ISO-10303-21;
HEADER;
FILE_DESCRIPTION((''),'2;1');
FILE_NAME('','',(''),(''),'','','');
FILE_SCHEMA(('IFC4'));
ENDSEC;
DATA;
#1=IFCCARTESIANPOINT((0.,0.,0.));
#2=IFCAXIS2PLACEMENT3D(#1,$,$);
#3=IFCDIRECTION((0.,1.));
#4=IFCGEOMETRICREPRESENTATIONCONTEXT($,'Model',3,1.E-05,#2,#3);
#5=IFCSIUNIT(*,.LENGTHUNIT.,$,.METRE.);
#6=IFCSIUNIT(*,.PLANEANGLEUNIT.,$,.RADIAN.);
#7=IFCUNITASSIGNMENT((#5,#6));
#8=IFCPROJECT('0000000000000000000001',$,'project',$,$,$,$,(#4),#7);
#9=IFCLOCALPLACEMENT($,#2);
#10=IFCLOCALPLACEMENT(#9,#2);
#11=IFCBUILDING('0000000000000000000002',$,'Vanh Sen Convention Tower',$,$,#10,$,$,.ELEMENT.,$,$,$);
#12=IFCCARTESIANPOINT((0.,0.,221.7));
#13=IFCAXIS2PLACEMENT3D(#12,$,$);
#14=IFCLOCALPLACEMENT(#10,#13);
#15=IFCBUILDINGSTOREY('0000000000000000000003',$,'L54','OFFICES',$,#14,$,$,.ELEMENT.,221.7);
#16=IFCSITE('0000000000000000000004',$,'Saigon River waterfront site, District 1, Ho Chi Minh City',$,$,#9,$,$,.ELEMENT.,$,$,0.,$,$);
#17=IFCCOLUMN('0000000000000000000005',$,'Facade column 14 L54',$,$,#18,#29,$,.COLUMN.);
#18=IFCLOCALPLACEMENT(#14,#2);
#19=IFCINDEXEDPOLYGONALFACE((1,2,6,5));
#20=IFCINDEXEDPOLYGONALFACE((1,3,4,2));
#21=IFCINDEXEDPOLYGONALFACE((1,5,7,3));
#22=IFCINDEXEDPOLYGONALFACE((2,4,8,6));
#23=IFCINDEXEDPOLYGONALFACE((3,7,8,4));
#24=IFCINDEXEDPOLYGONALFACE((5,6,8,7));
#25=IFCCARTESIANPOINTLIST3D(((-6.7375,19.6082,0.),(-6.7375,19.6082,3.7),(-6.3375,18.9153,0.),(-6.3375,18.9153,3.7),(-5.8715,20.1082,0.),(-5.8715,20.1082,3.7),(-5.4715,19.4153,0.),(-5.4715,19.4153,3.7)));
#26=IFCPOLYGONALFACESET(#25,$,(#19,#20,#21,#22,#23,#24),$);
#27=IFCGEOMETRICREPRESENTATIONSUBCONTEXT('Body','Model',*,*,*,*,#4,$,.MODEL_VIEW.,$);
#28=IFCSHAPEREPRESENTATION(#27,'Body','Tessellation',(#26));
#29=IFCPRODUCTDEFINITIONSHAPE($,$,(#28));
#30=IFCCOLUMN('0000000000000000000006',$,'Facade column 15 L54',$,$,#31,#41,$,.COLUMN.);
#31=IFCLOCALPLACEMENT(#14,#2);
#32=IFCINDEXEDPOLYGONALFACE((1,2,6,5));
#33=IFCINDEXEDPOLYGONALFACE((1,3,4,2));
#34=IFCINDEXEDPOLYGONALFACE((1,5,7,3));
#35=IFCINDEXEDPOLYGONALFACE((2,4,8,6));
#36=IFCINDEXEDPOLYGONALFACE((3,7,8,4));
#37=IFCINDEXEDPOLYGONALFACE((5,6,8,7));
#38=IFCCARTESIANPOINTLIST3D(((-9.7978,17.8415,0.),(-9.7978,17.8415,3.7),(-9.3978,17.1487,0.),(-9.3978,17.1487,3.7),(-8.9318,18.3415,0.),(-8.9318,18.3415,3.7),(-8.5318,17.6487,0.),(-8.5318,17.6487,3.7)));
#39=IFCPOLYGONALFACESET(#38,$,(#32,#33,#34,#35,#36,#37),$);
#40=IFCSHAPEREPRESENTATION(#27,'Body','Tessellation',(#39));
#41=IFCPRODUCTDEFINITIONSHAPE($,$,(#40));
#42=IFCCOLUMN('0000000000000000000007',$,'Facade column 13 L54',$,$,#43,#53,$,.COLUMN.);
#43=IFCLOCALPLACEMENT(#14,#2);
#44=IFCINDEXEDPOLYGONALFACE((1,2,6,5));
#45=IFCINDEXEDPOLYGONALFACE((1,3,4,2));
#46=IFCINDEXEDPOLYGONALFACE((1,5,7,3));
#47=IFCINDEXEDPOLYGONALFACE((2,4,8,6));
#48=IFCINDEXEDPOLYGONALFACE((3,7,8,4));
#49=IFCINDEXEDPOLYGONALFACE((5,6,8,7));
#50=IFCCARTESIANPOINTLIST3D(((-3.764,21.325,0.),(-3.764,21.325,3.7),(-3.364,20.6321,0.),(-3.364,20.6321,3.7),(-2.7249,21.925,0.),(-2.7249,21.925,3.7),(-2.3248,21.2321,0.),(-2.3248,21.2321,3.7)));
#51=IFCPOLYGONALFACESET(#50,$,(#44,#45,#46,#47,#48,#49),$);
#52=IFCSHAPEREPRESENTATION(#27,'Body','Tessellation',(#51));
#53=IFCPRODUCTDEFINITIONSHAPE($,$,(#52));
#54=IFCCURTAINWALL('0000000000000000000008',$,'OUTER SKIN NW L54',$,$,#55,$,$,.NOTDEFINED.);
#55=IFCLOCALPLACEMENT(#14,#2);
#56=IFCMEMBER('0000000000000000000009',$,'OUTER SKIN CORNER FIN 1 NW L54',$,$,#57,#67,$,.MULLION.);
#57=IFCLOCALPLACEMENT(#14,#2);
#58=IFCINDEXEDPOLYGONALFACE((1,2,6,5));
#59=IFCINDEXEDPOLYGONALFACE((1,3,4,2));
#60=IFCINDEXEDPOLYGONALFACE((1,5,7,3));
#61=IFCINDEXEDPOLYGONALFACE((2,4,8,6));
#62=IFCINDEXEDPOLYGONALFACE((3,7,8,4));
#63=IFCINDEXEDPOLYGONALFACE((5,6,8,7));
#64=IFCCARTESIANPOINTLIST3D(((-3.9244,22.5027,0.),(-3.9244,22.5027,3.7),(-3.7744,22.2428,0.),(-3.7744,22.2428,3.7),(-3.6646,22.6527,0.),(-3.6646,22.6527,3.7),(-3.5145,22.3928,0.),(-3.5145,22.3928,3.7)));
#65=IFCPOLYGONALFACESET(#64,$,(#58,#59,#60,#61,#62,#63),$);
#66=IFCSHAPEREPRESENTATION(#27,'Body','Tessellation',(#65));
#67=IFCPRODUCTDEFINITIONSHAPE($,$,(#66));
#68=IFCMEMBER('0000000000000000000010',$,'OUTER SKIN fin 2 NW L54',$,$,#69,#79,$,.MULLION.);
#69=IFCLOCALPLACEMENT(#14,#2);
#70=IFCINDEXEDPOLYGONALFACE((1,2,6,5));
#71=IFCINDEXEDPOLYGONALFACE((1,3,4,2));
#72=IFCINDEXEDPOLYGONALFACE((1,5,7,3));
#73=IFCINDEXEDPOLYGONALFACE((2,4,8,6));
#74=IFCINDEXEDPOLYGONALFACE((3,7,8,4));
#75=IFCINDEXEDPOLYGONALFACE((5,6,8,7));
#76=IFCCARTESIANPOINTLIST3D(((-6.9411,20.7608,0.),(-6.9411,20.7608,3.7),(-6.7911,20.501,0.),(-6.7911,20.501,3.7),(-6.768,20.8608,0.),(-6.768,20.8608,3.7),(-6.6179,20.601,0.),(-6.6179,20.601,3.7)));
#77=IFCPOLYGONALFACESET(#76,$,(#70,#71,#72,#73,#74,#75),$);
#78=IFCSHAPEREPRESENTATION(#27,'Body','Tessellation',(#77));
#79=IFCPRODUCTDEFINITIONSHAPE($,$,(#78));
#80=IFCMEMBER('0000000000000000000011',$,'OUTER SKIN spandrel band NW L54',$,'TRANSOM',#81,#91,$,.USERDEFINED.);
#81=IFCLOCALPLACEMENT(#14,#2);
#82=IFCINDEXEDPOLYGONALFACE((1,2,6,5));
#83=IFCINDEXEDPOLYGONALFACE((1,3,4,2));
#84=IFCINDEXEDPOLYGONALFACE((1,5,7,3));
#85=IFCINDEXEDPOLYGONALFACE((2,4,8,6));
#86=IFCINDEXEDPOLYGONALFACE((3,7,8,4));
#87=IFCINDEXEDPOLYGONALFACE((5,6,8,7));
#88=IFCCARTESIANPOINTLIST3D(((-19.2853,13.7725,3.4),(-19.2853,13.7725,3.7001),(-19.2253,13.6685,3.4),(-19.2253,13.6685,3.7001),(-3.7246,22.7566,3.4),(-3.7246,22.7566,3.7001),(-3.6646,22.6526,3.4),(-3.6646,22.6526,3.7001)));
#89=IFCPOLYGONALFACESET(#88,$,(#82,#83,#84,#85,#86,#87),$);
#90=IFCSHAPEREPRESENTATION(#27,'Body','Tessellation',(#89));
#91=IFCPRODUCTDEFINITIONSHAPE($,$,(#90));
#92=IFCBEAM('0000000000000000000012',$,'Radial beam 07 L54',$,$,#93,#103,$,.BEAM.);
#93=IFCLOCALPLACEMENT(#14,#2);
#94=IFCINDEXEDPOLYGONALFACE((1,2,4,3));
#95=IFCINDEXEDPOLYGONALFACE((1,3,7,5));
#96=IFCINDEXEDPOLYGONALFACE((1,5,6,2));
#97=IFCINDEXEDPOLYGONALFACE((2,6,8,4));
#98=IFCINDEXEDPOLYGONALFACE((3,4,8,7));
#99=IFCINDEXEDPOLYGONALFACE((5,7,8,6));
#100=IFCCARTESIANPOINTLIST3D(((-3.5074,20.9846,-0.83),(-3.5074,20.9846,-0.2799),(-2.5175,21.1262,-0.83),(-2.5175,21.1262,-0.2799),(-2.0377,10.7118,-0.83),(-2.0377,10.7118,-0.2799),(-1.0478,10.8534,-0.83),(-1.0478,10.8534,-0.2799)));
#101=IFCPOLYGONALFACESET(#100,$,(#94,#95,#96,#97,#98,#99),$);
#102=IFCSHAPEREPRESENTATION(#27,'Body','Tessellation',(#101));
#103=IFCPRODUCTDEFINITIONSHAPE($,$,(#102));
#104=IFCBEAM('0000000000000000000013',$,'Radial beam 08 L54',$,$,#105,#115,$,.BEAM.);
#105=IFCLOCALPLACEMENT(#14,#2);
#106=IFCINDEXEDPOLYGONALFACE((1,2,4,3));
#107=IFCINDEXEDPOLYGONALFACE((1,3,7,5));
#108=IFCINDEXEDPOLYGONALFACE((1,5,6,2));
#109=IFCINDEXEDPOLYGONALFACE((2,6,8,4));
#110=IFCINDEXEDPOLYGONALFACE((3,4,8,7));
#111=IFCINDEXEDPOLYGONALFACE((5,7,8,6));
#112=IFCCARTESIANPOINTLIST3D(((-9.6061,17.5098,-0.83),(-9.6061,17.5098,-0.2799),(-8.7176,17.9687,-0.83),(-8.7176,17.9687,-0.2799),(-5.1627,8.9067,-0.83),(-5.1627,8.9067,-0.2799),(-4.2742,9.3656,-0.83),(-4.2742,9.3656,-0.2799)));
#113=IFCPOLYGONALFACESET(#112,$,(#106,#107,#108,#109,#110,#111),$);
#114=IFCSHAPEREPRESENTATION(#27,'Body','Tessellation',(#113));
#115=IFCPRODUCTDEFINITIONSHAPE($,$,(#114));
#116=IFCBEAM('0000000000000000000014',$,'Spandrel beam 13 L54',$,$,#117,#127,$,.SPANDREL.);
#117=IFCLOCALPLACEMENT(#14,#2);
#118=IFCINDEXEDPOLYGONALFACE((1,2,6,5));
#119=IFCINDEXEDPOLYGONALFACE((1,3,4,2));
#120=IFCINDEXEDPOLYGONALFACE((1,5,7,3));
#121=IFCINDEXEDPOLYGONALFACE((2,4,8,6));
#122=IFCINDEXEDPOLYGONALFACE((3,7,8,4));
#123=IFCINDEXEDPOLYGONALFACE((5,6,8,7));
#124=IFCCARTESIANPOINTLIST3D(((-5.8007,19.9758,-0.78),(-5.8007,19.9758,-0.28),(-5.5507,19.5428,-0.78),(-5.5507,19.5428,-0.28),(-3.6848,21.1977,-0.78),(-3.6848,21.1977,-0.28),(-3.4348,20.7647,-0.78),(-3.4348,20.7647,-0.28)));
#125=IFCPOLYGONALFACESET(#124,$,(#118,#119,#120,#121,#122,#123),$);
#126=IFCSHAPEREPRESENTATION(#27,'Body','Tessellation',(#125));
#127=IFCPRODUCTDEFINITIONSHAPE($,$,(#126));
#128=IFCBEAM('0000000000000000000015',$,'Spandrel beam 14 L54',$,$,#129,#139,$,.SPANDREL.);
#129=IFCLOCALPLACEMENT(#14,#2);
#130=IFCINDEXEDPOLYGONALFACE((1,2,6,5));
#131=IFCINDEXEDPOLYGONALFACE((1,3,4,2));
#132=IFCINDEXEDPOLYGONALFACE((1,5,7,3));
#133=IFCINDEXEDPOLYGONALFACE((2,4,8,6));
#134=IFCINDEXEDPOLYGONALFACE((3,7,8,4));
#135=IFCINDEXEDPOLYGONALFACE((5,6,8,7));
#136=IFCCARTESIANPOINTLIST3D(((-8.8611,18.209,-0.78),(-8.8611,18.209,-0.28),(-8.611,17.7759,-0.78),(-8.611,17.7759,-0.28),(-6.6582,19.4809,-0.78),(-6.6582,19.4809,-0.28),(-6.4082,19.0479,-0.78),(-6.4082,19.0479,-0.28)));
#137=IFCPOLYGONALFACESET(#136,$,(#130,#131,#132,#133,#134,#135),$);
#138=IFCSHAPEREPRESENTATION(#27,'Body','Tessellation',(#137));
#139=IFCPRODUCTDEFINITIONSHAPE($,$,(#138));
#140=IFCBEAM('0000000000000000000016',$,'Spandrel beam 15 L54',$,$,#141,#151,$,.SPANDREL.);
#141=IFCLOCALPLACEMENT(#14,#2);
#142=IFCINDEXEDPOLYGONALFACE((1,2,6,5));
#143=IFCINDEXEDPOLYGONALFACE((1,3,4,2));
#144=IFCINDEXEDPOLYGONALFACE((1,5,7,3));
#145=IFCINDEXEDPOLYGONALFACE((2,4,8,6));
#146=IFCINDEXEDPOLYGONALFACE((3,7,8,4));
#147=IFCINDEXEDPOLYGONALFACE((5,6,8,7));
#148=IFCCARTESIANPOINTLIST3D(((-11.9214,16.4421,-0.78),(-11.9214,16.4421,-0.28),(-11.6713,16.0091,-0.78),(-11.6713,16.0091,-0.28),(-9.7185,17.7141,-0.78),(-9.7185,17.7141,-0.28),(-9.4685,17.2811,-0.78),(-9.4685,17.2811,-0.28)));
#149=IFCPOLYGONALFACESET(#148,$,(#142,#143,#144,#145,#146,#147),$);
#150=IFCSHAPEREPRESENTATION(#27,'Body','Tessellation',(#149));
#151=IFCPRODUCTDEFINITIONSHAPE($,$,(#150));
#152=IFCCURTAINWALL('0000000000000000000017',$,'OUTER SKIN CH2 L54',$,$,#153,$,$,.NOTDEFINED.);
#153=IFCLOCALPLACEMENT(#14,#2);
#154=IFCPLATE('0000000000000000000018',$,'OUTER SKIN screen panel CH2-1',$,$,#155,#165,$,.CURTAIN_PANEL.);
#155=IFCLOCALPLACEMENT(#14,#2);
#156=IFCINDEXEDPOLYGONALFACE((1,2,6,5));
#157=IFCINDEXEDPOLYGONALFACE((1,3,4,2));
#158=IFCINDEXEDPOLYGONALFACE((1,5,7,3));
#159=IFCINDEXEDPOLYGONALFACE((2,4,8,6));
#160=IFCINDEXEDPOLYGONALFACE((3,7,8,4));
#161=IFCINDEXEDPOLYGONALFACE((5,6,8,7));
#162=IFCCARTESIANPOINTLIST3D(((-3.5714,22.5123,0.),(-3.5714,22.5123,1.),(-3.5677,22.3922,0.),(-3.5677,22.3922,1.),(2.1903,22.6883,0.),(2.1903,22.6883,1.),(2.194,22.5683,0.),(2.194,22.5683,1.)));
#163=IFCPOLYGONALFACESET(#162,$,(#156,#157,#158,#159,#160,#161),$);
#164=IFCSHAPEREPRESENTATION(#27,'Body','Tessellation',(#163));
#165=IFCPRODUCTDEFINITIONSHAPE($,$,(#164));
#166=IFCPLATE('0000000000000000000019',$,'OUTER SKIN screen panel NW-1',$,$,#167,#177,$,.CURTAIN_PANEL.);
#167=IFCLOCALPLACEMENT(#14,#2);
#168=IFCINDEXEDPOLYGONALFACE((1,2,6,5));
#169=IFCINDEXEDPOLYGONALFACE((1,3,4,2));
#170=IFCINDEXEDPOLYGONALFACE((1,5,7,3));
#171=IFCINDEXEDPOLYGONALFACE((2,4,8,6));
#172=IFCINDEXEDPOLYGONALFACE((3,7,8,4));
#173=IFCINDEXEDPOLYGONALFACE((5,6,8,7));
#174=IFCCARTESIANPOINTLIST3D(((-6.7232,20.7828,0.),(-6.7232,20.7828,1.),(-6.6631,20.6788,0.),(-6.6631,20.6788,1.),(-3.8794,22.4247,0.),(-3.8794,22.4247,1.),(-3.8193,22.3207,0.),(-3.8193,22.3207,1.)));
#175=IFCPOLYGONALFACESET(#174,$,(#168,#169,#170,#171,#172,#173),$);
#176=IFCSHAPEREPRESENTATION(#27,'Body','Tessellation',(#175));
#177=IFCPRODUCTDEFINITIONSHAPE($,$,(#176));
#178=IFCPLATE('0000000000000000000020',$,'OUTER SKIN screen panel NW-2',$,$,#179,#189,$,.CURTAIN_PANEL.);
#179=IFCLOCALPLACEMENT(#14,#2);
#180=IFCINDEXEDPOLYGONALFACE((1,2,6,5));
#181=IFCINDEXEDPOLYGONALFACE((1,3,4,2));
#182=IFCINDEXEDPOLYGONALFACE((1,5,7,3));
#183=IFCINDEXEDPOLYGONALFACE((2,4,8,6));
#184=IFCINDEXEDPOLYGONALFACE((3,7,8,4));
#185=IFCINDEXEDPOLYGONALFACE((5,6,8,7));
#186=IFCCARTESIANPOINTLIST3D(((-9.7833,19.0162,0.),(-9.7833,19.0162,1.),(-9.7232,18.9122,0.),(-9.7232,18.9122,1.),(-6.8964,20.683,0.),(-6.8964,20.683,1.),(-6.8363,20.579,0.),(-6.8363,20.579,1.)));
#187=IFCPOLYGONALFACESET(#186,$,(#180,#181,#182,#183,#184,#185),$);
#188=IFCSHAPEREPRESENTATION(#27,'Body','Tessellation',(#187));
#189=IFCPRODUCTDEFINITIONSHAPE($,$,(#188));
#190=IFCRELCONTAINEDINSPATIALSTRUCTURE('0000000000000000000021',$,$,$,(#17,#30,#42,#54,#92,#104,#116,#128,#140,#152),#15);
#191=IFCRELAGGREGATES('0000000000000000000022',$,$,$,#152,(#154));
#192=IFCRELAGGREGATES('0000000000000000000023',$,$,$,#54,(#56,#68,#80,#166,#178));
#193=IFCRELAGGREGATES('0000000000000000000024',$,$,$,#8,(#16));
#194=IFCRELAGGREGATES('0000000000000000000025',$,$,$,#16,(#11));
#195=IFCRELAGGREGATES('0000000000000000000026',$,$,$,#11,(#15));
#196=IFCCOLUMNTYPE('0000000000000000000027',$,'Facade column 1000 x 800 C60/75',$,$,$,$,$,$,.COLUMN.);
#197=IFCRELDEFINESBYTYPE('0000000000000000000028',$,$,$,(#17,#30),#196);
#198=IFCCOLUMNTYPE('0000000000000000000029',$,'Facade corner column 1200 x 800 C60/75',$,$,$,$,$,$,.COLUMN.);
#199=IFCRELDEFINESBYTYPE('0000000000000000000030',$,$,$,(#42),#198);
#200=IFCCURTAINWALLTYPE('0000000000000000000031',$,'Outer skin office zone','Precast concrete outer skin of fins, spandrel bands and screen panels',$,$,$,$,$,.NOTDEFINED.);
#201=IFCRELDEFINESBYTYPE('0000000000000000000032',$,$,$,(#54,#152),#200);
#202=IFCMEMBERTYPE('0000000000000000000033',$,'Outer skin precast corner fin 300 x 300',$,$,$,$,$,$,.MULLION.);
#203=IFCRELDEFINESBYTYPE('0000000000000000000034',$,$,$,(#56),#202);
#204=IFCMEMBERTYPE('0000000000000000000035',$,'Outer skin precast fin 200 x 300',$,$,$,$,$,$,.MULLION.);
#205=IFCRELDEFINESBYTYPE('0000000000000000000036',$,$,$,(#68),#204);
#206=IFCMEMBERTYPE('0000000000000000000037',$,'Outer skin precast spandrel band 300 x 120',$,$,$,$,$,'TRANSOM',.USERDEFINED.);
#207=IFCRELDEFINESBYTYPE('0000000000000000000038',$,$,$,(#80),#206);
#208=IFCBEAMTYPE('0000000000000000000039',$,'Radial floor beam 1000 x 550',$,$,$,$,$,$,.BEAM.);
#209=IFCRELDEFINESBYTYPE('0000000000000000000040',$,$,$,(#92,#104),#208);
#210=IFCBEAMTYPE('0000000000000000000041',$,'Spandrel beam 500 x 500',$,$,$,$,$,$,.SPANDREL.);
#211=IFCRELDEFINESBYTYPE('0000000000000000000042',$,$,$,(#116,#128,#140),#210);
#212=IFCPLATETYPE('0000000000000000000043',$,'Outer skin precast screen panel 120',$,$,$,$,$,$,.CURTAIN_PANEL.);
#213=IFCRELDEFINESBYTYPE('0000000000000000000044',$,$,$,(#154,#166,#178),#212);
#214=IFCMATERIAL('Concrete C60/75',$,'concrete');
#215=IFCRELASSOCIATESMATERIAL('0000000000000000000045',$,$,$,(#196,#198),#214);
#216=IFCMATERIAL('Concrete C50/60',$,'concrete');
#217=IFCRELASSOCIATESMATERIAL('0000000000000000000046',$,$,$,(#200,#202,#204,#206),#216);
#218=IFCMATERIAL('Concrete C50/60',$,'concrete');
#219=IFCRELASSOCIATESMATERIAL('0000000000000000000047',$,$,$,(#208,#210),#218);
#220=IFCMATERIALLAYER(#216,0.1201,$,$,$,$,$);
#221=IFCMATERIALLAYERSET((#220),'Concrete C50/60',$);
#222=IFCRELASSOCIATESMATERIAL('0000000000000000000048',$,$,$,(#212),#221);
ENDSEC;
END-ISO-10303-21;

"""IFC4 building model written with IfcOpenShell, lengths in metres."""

from ifc_helpers import new_model, si_unit, direction, frame, origin, origin_2d, place, context, subcontext, project, spatial, rectangle, extrude, material, layer, layer_set, material_profile, profile_set, type_object, element, aggregate, save


model = new_model("IFC4")

# Units and contexts
model_context = context("Model", 3, precision=1e-05, world=origin(), true_north=direction((0.0, 1.0)))
body_context = subcontext(model_context, "Body", "Model", "MODEL_VIEW")
ifc_project = project(units=[si_unit("LENGTHUNIT", "METRE"), si_unit("PLANEANGLEUNIT", "RADIAN")], contexts=[model_context])

# Site, building, storey
site_placement = place(None, origin())
site = spatial("IfcSite", under=ifc_project, at=site_placement, Name="Saigon River waterfront site, District 1, Ho Chi Minh City", CompositionType="ELEMENT", RefElevation=0.0)
building_placement = place(site_placement, origin())
building = spatial("IfcBuilding", under=site, at=building_placement, Name="Vanh Sen Convention Tower", CompositionType="ELEMENT")
storey_placement = place(building_placement, frame((0.0, 0.0, 221.7)))
storey = spatial("IfcBuildingStorey", under=building, at=storey_placement, Name="L54", Description="OFFICES", CompositionType="ELEMENT", Elevation=221.7)

# Columns
ifc_material_1 = material(Name="Concrete C60/75", Category="concrete")
ifc_material_profile_1 = material_profile(ifc_material_1, rectangle(XDim=1.0, YDim=0.8, at=origin_2d()), Name="RC 1000X800")
ifc_profile_set_1 = profile_set([ifc_material_profile_1], Name="Concrete C60/75")
column_type_1 = type_object("IfcColumnType", Name="Facade column 1000 x 800 C60/75", PredefinedType="COLUMN", material=ifc_profile_set_1)
for number, where, z_axis, x_axis, name in (
    (1, (-6.1045, 19.5117, 0.0), (0.0, 0.0, 1.0), (-0.866025, -0.5, 0.0), "Facade column 14 L54"),
    (2, (-9.1648, 17.7451, 0.0), (0.0, 0.0, 1.0), (-0.866025, -0.5, 0.0), "Facade column 15 L54"),
):
    element("IfcColumn", number, at=place(storey_placement, frame(where, z_axis=z_axis, x_axis=x_axis)), inside=storey, type_object=column_type_1, Name=name, PredefinedType="COLUMN", context=body_context, shape_type="SweptSolid", body=[
        extrude(rectangle(XDim=1.0, YDim=0.8, at=origin_2d()), origin(), (0.0, 0.0, 1.0), 3.7),
    ])
ifc_material_profile_2 = material_profile(ifc_material_1, rectangle(XDim=1.2, YDim=0.8, at=origin_2d()), Name="RC 1200X800")
ifc_profile_set_2 = profile_set([ifc_material_profile_2], Name="Concrete C60/75")
column_type_2 = type_object("IfcColumnType", Name="Facade corner column 1200 x 800 C60/75", PredefinedType="COLUMN", material=ifc_profile_set_2)
column_placement = place(storey_placement, frame((-3.0444, 21.2786, 0.0), z_axis=(0.0, 0.0, 1.0), x_axis=(-0.866025, -0.5, 0.0)))
element("IfcColumn", 3, at=column_placement, inside=storey, type_object=column_type_2, Name="Facade column 13 L54", PredefinedType="COLUMN", context=body_context, shape_type="SweptSolid", body=[
    extrude(rectangle(XDim=1.2, YDim=0.8, at=origin_2d()), origin(), (0.0, 0.0, 1.0), 3.7),
])

# Curtain wall, members
ifc_material_2 = material(Name="Concrete C50/60", Category="concrete")
curtain_wall_type = type_object("IfcCurtainWallType", Name="Outer skin office zone", Description="Precast concrete outer skin of fins, spandrel bands and screen panels", PredefinedType="NOTDEFINED", material=ifc_material_2)
curtain_wall_1_placement = place(storey_placement, origin())
curtain_wall_1 = element("IfcCurtainWall", 4, at=curtain_wall_1_placement, inside=storey, type_object=curtain_wall_type, Name="OUTER SKIN NW L54", PredefinedType="NOTDEFINED")
ifc_material_profile_3 = material_profile(ifc_material_2, rectangle(XDim=0.3, YDim=0.3, at=origin_2d()), Name="Outer skin precast corner fin 300 x 300")
ifc_profile_set_3 = profile_set([ifc_material_profile_3], Name="Concrete C50/60")
member_type_1 = type_object("IfcMemberType", Name="Outer skin precast corner fin 300 x 300", PredefinedType="MULLION", material=ifc_profile_set_3)
member_1_placement = place(storey_placement, frame((-3.7195, 22.4478, 0.0), z_axis=(0.0, 0.0, 1.0), x_axis=(-0.866025, -0.5, 0.0)))
member_1 = element("IfcMember", 5, at=member_1_placement, type_object=member_type_1, Name="OUTER SKIN CORNER FIN 1 NW L54", PredefinedType="MULLION", context=body_context, shape_type="SweptSolid", body=[
    extrude(rectangle(XDim=0.3, YDim=0.3, at=origin_2d()), origin(), (0.0, 0.0, 1.0), 3.7),
])
ifc_material_profile_4 = material_profile(ifc_material_2, rectangle(XDim=0.2, YDim=0.3, at=origin_2d()), Name="Outer skin precast fin 200 x 300")
ifc_profile_set_4 = profile_set([ifc_material_profile_4], Name="Concrete C50/60")
member_type_2 = type_object("IfcMemberType", Name="Outer skin precast fin 200 x 300", PredefinedType="MULLION", material=ifc_profile_set_4)
member_2_placement = place(storey_placement, frame((-6.7795, 20.6809, 0.0), z_axis=(0.0, 0.0, 1.0), x_axis=(-0.866025, -0.5, 0.0)))
member_2 = element("IfcMember", 6, at=member_2_placement, type_object=member_type_2, Name="OUTER SKIN fin 2 NW L54", PredefinedType="MULLION", context=body_context, shape_type="SweptSolid", body=[
    extrude(rectangle(XDim=0.2, YDim=0.3, at=origin_2d()), origin(), (0.0, 0.0, 1.0), 3.7),
])
ifc_material_profile_5 = material_profile(ifc_material_2, rectangle(XDim=0.1201, YDim=0.3, at=origin_2d()), Name="Outer skin precast spandrel band 300 x 120")
ifc_profile_set_5 = profile_set([ifc_material_profile_5], Name="Concrete C50/60")
member_type_3 = type_object("IfcMemberType", Name="Outer skin precast spandrel band 300 x 120", ElementType="TRANSOM", PredefinedType="USERDEFINED", material=ifc_profile_set_5)
member_3_placement = place(storey_placement, frame((-3.6946, 22.7046, 3.55), z_axis=(-0.866023, -0.500004, 0.0), x_axis=(0.500004, -0.866023, 0.0)))
member_3 = element("IfcMember", 7, at=member_3_placement, type_object=member_type_3, Name="OUTER SKIN spandrel band NW L54", ObjectType="TRANSOM", PredefinedType="USERDEFINED", context=body_context, shape_type="SweptSolid", body=[
    extrude(rectangle(XDim=0.1201, YDim=0.3, at=origin_2d()), origin(), (0.0, 0.0, 1.0), 17.968),
])

# Beams
ifc_material_3 = material(Name="Concrete C50/60", Category="concrete")
ifc_material_profile_6 = material_profile(ifc_material_3, rectangle(XDim=1.0, YDim=0.55, at=origin_2d()), Name="RC 1000X550")
ifc_profile_set_6 = profile_set([ifc_material_profile_6], Name="Concrete C50/60")
beam_type_1 = type_object("IfcBeamType", Name="Radial floor beam 1000 x 550", PredefinedType="BEAM", material=ifc_profile_set_6)
beam_1_placement = place(storey_placement, frame((-3.0125, 21.0554, -0.5549), z_axis=(0.141626, -0.98992, 0.0), x_axis=(0.98992, 0.141626, 0.0)))
element("IfcBeam", 8, at=beam_1_placement, inside=storey, type_object=beam_type_1, Name="Radial beam 07 L54", PredefinedType="BEAM", context=body_context, shape_type="SweptSolid", body=[
    extrude(rectangle(XDim=1.0, YDim=0.55, at=origin_2d()), origin(), (0.0, 0.0, 1.0), 10.3774),
])
beam_2_placement = place(storey_placement, frame((-9.1619, 17.7393, -0.5549), z_axis=(0.458895, -0.888491, 0.0), x_axis=(0.888491, 0.458895, 0.0)))
element("IfcBeam", 9, at=beam_2_placement, inside=storey, type_object=beam_type_1, Name="Radial beam 08 L54", PredefinedType="BEAM", context=body_context, shape_type="SweptSolid", body=[
    extrude(rectangle(XDim=1.0, YDim=0.55, at=origin_2d()), origin(), (0.0, 0.0, 1.0), 9.6829),
])
ifc_material_profile_7 = material_profile(ifc_material_3, rectangle(XDim=0.5, YDim=0.5, at=origin_2d()), Name="RC 500X500")
ifc_profile_set_7 = profile_set([ifc_material_profile_7], Name="Concrete C50/60")
beam_type_2 = type_object("IfcBeamType", Name="Spandrel beam 500 x 500", PredefinedType="SPANDREL", material=ifc_profile_set_7)
beam_3_placement = place(storey_placement, frame((-3.5598, 20.9812, -0.53), z_axis=(-0.865978, -0.500083, 0.0), x_axis=(0.500083, -0.865978, 0.0)))
element("IfcBeam", 10, at=beam_3_placement, inside=storey, type_object=beam_type_2, Name="Spandrel beam 13 L54", PredefinedType="SPANDREL", context=body_context, shape_type="SweptSolid", body=[
    extrude(rectangle(XDim=0.5, YDim=0.5, at=origin_2d()), origin(), (0.0, 0.0, 1.0), 2.4434),
])
for number, where, z_axis, x_axis, name in (
    (11, (-6.5332, 19.2644, -0.53), (-0.866002, -0.500041, 0.0), (0.500041, -0.866002, 0.0), "Spandrel beam 14 L54"),
    (12, (-9.5935, 17.4976, -0.53), (-0.866002, -0.500041, 0.0), (0.500041, -0.866002, 0.0), "Spandrel beam 15 L54"),
):
    element("IfcBeam", number, at=place(storey_placement, frame(where, z_axis=z_axis, x_axis=x_axis)), inside=storey, type_object=beam_type_2, Name=name, PredefinedType="SPANDREL", context=body_context, shape_type="SweptSolid", body=[
        extrude(rectangle(XDim=0.5, YDim=0.5, at=origin_2d()), origin(), (0.0, 0.0, 1.0), 2.5437),
    ])

# Curtain wall, plate
curtain_wall_2_placement = place(storey_placement, origin())
curtain_wall_2 = element("IfcCurtainWall", 13, at=curtain_wall_2_placement, inside=storey, type_object=curtain_wall_type, Name="OUTER SKIN CH2 L54", PredefinedType="NOTDEFINED")
ifc_layer_1 = layer(ifc_material_2, 0.1201)
ifc_layer_set_1 = layer_set([ifc_layer_1], Name="Concrete C50/60")
plate_type = type_object("IfcPlateType", Name="Outer skin precast screen panel 120", PredefinedType="CURTAIN_PANEL", material=ifc_layer_set_1)
plate_1_placement = place(storey_placement, frame((-0.6887, 22.5403, 0.0), z_axis=(0.0, 0.0, 1.0), x_axis=(-0.999533, -0.030544, 0.0)))
plate_1 = element("IfcPlate", 14, at=plate_1_placement, type_object=plate_type, Name="OUTER SKIN screen panel CH2-1", PredefinedType="CURTAIN_PANEL", context=body_context, shape_type="SweptSolid", body=[
    extrude(rectangle(XDim=5.7644, YDim=0.1201, at=origin_2d()), origin(), (0.0, 0.0, 1.0), 1.0),
])
aggregate(curtain_wall_2, [plate_1])

# Plates
plate_2_placement = place(storey_placement, frame((-5.2712, 21.5518, 0.0), z_axis=(0.0, 0.0, 1.0), x_axis=(-0.866026, -0.499998, 0.0)))
plate_2 = element("IfcPlate", 15, at=plate_2_placement, type_object=plate_type, Name="OUTER SKIN screen panel NW-1", PredefinedType="CURTAIN_PANEL", context=body_context, shape_type="SweptSolid", body=[
    extrude(rectangle(XDim=3.2837, YDim=0.1201, at=origin_2d()), origin(), (0.0, 0.0, 1.0), 1.0),
])
plate_3_placement = place(storey_placement, frame((-8.3098, 19.7976, 0.0), z_axis=(0.0, 0.0, 1.0), x_axis=(-0.866026, -0.499998, 0.0)))
plate_3 = element("IfcPlate", 16, at=plate_3_placement, type_object=plate_type, Name="OUTER SKIN screen panel NW-2", PredefinedType="CURTAIN_PANEL", context=body_context, shape_type="SweptSolid", body=[
    extrude(rectangle(XDim=3.3335, YDim=0.1201, at=origin_2d()), origin(), (0.0, 0.0, 1.0), 1.0),
])
aggregate(curtain_wall_1, [member_1, member_2, member_3, plate_2, plate_3])

save(model, "model.ifc")
